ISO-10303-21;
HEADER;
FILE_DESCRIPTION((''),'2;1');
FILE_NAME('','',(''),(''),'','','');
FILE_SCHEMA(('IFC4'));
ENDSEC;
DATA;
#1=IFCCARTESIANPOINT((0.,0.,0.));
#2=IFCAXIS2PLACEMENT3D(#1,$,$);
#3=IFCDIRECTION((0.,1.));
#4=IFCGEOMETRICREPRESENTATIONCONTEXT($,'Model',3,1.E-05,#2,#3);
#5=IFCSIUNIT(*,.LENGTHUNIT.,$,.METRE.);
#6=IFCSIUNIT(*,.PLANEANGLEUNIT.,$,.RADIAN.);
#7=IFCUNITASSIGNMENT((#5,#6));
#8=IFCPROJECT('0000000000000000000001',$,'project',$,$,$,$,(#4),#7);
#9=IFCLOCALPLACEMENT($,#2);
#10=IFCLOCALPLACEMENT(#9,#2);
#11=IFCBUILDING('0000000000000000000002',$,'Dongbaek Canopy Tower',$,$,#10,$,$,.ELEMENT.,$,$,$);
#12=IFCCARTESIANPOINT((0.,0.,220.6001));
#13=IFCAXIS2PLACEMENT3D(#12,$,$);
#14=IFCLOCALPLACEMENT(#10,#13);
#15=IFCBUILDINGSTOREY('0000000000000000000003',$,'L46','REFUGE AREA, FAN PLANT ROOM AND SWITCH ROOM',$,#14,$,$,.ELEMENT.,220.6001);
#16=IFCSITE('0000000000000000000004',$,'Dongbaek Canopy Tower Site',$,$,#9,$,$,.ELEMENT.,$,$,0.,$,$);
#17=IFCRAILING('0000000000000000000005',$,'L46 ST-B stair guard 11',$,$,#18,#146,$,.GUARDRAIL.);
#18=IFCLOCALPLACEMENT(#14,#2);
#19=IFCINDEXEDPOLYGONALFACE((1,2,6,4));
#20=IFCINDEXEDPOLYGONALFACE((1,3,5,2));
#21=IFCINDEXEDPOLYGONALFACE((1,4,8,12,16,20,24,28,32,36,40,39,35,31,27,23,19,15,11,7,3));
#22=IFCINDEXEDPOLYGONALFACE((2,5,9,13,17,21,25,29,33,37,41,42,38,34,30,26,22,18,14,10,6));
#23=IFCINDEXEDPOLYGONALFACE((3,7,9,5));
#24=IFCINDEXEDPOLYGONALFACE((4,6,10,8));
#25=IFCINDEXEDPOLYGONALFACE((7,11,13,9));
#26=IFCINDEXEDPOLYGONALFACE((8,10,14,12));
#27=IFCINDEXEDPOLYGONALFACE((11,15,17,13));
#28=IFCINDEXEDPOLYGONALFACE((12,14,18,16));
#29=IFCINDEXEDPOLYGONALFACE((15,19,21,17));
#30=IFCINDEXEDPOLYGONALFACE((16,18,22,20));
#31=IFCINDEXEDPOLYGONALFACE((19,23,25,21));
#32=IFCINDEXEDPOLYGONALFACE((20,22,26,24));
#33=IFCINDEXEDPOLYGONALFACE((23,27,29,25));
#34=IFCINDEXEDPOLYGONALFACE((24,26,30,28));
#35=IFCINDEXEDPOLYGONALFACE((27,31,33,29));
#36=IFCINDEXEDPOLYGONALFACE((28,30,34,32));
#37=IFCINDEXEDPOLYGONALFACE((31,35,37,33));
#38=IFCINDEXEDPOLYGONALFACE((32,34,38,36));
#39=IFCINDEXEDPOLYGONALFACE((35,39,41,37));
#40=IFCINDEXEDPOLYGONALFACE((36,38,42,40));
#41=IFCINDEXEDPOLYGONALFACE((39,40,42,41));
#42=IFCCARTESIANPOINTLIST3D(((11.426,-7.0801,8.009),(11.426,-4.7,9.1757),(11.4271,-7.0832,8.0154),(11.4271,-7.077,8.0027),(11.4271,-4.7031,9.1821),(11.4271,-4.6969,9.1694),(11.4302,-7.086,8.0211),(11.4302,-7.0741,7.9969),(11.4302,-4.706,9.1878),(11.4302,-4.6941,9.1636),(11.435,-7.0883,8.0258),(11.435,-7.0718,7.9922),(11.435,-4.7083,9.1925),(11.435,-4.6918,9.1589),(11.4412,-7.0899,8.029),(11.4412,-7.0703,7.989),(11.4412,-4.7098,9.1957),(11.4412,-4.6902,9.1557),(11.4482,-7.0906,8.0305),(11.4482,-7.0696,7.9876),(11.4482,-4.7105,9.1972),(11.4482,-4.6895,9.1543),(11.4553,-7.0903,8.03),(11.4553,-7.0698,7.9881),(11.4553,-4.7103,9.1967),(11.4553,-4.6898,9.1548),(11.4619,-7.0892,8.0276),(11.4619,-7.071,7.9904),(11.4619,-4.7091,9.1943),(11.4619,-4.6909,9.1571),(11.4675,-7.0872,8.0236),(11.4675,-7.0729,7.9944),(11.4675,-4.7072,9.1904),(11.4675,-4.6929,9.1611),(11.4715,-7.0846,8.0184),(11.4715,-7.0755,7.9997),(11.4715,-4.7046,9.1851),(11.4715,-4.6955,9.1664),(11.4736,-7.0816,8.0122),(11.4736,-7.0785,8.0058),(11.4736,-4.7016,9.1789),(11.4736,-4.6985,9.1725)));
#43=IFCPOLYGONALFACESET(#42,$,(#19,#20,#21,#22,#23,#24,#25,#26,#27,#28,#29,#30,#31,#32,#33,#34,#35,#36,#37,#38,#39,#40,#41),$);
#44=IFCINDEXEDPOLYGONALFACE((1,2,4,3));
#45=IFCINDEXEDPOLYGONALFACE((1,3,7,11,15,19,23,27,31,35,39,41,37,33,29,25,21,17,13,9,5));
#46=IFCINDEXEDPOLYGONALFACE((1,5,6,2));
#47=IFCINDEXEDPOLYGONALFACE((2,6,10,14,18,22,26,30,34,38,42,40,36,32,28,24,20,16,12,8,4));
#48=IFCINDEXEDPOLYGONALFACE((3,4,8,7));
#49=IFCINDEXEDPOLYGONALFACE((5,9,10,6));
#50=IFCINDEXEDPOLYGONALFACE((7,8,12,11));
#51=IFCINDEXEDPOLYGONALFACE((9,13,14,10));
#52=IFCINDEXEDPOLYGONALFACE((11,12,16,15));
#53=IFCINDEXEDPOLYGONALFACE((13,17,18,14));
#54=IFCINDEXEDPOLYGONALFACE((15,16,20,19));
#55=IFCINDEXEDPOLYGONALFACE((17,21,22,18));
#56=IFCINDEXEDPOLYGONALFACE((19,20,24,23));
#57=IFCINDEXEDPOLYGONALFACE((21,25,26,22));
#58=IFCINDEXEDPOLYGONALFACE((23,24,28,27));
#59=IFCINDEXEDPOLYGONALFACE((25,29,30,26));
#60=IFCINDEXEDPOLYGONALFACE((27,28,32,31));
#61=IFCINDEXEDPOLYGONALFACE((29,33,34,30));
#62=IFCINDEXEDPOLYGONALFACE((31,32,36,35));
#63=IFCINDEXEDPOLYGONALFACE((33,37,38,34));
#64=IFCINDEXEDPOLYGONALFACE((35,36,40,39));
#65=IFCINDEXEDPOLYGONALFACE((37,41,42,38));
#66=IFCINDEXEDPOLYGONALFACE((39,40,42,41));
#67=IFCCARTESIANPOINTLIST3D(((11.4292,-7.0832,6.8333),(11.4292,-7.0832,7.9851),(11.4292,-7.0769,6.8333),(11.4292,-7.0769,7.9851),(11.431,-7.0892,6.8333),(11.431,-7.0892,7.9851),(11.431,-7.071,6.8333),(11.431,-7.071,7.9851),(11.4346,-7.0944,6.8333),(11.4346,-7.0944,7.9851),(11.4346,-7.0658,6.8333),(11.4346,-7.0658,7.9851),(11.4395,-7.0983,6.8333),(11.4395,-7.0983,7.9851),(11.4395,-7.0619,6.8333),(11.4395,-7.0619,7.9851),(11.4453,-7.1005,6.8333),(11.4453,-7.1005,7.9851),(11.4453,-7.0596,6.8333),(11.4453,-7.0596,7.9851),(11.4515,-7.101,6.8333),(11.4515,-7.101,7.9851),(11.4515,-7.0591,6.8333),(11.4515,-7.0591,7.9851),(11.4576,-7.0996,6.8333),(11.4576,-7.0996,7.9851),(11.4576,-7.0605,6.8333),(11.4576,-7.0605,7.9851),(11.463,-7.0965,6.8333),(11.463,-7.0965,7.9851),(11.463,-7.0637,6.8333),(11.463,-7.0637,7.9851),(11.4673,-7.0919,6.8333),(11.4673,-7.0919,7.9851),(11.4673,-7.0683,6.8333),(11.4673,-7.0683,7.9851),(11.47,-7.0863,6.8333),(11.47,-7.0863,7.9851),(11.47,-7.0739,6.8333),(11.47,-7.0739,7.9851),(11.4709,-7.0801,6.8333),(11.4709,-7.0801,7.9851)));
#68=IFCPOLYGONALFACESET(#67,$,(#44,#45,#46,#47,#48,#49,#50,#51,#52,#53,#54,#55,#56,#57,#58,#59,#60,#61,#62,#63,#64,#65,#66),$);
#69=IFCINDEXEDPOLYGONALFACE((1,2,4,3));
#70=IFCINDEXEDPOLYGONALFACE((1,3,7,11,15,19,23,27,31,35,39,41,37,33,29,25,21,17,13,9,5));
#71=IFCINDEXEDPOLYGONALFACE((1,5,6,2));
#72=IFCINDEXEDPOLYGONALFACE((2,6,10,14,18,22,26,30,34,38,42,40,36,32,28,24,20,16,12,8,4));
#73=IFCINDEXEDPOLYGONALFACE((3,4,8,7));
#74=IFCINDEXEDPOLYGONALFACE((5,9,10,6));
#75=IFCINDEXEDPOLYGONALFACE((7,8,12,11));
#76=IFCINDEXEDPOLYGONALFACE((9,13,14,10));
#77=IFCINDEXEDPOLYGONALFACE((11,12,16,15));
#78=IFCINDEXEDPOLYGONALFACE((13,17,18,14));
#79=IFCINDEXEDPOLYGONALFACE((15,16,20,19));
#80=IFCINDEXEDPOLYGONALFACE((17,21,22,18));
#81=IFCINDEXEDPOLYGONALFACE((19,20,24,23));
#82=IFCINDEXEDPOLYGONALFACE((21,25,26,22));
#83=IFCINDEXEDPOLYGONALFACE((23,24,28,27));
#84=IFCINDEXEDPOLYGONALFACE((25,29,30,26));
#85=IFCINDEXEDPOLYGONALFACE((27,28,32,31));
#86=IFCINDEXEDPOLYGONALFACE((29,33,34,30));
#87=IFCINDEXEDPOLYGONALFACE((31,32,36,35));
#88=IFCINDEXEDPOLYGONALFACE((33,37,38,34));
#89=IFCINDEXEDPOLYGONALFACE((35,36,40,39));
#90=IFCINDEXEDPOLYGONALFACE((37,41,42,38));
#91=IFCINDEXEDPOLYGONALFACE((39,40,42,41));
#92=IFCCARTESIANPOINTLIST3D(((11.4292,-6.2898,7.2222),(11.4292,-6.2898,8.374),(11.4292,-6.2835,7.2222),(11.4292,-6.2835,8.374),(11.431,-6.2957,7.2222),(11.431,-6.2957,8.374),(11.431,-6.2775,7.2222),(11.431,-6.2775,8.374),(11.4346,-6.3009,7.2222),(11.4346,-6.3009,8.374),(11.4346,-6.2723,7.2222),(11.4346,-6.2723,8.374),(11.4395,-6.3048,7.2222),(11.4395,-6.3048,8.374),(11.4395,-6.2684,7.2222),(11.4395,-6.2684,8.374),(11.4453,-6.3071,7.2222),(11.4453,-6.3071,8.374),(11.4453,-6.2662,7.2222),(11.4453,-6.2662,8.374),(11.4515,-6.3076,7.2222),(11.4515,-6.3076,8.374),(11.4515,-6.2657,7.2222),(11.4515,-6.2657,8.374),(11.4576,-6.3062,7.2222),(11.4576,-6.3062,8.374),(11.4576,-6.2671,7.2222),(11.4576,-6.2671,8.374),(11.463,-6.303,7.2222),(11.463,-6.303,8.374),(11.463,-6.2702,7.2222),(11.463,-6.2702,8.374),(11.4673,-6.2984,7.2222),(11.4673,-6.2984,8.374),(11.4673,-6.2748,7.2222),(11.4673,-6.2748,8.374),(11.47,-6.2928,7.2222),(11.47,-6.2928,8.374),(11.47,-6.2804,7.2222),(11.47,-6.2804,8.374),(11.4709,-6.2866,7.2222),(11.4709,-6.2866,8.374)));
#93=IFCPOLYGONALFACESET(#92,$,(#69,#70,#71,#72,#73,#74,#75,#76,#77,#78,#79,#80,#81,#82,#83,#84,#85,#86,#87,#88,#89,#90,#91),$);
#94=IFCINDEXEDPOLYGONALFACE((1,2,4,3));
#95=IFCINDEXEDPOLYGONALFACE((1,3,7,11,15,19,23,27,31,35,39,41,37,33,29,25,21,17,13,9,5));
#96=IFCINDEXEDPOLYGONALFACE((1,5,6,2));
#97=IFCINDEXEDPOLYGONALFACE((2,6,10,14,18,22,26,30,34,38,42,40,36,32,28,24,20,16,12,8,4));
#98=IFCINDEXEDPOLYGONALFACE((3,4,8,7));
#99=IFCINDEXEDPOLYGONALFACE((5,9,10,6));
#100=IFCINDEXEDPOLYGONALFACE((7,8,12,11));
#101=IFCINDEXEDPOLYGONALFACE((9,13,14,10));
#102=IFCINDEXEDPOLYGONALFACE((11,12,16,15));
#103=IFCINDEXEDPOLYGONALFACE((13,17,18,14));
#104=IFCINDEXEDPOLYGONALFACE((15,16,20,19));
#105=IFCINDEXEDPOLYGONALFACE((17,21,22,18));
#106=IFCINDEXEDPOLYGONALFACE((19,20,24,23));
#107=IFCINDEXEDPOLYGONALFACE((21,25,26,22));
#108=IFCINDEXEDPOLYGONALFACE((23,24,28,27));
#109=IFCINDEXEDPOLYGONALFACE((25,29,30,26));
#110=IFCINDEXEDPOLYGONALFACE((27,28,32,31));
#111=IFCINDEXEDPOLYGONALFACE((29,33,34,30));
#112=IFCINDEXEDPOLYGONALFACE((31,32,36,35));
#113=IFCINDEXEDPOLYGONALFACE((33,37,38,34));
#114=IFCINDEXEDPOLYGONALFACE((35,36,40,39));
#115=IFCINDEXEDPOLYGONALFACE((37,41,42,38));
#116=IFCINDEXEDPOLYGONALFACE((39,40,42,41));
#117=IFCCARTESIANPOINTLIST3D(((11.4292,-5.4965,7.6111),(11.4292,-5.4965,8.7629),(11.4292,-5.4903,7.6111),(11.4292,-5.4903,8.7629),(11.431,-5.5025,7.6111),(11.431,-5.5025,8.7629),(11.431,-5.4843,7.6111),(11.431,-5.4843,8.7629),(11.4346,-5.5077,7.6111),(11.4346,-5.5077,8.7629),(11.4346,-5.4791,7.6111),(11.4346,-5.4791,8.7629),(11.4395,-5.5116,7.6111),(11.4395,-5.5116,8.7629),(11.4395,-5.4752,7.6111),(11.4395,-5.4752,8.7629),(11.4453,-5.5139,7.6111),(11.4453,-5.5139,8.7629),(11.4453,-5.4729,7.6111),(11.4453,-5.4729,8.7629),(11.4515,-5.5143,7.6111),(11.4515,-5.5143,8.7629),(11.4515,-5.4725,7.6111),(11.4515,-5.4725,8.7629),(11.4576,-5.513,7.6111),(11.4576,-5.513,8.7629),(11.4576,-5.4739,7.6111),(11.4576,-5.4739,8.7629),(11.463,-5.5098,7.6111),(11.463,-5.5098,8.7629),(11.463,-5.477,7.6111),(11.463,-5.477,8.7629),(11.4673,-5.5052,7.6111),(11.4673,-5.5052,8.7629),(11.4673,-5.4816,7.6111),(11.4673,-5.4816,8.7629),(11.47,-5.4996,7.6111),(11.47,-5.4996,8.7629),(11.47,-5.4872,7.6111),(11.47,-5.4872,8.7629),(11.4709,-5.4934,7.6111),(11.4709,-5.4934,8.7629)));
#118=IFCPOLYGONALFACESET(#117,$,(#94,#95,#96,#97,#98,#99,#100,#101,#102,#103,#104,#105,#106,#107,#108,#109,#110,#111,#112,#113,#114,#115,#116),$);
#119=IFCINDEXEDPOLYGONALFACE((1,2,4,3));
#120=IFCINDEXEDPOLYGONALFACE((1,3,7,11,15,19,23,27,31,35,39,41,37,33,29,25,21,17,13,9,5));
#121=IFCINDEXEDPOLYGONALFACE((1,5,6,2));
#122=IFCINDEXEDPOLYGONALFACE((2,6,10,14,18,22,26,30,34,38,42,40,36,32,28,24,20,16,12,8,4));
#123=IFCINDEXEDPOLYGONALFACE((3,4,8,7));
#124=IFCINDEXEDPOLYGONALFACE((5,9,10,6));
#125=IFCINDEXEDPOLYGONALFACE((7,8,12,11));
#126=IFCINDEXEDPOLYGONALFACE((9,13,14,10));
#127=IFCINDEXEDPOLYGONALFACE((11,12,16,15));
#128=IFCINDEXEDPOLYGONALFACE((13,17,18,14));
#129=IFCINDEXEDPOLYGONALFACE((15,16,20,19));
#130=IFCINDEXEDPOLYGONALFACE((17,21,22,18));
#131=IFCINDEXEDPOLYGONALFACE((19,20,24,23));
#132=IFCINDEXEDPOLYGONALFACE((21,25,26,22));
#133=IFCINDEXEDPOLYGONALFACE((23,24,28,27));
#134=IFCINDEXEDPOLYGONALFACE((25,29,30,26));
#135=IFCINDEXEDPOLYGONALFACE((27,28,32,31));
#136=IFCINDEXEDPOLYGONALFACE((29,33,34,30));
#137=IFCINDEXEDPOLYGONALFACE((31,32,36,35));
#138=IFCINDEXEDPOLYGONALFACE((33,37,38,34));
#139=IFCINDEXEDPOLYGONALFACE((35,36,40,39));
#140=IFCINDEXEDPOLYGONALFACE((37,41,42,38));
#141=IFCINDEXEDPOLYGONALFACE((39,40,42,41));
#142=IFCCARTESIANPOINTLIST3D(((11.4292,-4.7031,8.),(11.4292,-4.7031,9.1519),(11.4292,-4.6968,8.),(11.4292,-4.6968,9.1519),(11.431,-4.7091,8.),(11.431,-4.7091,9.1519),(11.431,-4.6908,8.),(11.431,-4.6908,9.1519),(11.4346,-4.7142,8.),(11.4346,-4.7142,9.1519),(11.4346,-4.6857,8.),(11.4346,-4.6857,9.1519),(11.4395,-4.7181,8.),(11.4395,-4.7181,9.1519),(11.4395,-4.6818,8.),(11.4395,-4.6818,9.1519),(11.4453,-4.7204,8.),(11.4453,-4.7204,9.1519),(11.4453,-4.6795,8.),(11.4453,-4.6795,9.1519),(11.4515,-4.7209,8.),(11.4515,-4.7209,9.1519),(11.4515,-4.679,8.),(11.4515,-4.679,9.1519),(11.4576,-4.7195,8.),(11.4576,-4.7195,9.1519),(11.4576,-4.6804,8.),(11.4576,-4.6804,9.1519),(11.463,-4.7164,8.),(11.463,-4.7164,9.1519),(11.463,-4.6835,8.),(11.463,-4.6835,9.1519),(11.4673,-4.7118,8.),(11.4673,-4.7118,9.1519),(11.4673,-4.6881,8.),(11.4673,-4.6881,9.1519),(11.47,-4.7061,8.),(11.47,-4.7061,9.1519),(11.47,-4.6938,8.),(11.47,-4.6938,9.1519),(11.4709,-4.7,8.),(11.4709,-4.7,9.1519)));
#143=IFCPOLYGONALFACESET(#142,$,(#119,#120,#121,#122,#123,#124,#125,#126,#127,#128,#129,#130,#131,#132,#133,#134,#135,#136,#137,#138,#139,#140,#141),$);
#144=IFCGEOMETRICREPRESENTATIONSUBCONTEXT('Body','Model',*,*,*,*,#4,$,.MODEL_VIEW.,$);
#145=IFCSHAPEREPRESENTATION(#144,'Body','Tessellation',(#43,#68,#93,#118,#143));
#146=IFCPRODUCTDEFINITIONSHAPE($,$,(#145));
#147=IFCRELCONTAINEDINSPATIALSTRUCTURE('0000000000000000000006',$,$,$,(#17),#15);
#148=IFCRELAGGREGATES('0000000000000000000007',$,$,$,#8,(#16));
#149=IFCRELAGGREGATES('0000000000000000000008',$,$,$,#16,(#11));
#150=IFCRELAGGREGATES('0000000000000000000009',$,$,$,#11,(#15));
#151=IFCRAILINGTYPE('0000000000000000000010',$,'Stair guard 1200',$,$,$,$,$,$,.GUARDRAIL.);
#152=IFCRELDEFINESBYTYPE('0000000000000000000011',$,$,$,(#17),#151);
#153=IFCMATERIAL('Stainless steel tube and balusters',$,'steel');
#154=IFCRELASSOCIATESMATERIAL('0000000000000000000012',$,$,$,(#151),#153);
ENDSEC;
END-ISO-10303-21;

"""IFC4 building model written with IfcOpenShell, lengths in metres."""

from ifc_helpers import new_model, si_unit, direction, frame, origin, origin_2d, place, context, subcontext, project, spatial, circle, extrude, material, type_object, element, save


model = new_model("IFC4")

# Units and contexts
model_context = context("Model", 3, precision=1e-05, world=origin(), true_north=direction((0.0, 1.0)))
body_context = subcontext(model_context, "Body", "Model", "MODEL_VIEW")
ifc_project = project(units=[si_unit("LENGTHUNIT", "METRE"), si_unit("PLANEANGLEUNIT", "RADIAN")], contexts=[model_context])

# Site, building, storey
site_placement = place(None, origin())
site = spatial("IfcSite", under=ifc_project, at=site_placement, Name="Dongbaek Canopy Tower Site", CompositionType="ELEMENT", RefElevation=0.0)
building_placement = place(site_placement, origin())
building = spatial("IfcBuilding", under=site, at=building_placement, Name="Dongbaek Canopy Tower", CompositionType="ELEMENT")
storey_placement = place(building_placement, frame((0.0, 0.0, 220.6001)))
storey = spatial("IfcBuildingStorey", under=building, at=storey_placement, Name="L46", Description="REFUGE AREA, FAN PLANT ROOM AND SWITCH ROOM", CompositionType="ELEMENT", Elevation=220.6001)

# Railing
ifc_material_1 = material(Name="Stainless steel tube and balusters", Category="steel")
railing_type = type_object("IfcRailingType", Name="Stair guard 1200", PredefinedType="GUARDRAIL", material=ifc_material_1)
railing_1_placement = place(storey_placement, frame((11.45, -7.0801, 6.8333)))
element("IfcRailing", 1, at=railing_1_placement, inside=storey, type_object=railing_type, Name="L46 ST-B stair guard 11", PredefinedType="GUARDRAIL", context=body_context, shape_type="SweptSolid", body=[
    extrude(circle(Radius=0.0239, at=origin_2d()), frame((0.0, 0.0, 1.1758), z_axis=(0.0, 0.897918, 0.440163), x_axis=(-1.0, 0.0, 0.0)), (0.0, 0.0, 1.0), 2.6506),
    extrude(circle(Radius=0.021, at=origin_2d()), origin(), (0.0, 0.0, 1.0), 1.1519),
    extrude(circle(Radius=0.021, at=origin_2d()), frame((0.0, 0.7935, 0.3889)), (0.0, 0.0, 1.0), 1.1519),
    extrude(circle(Radius=0.021, at=origin_2d()), frame((0.0, 1.5867, 0.7778)), (0.0, 0.0, 1.0), 1.1519),
    extrude(circle(Radius=0.021, at=origin_2d()), frame((0.0, 2.3801, 1.1667)), (0.0, 0.0, 1.0), 1.1519),
])

save(model, "model.ifc")
